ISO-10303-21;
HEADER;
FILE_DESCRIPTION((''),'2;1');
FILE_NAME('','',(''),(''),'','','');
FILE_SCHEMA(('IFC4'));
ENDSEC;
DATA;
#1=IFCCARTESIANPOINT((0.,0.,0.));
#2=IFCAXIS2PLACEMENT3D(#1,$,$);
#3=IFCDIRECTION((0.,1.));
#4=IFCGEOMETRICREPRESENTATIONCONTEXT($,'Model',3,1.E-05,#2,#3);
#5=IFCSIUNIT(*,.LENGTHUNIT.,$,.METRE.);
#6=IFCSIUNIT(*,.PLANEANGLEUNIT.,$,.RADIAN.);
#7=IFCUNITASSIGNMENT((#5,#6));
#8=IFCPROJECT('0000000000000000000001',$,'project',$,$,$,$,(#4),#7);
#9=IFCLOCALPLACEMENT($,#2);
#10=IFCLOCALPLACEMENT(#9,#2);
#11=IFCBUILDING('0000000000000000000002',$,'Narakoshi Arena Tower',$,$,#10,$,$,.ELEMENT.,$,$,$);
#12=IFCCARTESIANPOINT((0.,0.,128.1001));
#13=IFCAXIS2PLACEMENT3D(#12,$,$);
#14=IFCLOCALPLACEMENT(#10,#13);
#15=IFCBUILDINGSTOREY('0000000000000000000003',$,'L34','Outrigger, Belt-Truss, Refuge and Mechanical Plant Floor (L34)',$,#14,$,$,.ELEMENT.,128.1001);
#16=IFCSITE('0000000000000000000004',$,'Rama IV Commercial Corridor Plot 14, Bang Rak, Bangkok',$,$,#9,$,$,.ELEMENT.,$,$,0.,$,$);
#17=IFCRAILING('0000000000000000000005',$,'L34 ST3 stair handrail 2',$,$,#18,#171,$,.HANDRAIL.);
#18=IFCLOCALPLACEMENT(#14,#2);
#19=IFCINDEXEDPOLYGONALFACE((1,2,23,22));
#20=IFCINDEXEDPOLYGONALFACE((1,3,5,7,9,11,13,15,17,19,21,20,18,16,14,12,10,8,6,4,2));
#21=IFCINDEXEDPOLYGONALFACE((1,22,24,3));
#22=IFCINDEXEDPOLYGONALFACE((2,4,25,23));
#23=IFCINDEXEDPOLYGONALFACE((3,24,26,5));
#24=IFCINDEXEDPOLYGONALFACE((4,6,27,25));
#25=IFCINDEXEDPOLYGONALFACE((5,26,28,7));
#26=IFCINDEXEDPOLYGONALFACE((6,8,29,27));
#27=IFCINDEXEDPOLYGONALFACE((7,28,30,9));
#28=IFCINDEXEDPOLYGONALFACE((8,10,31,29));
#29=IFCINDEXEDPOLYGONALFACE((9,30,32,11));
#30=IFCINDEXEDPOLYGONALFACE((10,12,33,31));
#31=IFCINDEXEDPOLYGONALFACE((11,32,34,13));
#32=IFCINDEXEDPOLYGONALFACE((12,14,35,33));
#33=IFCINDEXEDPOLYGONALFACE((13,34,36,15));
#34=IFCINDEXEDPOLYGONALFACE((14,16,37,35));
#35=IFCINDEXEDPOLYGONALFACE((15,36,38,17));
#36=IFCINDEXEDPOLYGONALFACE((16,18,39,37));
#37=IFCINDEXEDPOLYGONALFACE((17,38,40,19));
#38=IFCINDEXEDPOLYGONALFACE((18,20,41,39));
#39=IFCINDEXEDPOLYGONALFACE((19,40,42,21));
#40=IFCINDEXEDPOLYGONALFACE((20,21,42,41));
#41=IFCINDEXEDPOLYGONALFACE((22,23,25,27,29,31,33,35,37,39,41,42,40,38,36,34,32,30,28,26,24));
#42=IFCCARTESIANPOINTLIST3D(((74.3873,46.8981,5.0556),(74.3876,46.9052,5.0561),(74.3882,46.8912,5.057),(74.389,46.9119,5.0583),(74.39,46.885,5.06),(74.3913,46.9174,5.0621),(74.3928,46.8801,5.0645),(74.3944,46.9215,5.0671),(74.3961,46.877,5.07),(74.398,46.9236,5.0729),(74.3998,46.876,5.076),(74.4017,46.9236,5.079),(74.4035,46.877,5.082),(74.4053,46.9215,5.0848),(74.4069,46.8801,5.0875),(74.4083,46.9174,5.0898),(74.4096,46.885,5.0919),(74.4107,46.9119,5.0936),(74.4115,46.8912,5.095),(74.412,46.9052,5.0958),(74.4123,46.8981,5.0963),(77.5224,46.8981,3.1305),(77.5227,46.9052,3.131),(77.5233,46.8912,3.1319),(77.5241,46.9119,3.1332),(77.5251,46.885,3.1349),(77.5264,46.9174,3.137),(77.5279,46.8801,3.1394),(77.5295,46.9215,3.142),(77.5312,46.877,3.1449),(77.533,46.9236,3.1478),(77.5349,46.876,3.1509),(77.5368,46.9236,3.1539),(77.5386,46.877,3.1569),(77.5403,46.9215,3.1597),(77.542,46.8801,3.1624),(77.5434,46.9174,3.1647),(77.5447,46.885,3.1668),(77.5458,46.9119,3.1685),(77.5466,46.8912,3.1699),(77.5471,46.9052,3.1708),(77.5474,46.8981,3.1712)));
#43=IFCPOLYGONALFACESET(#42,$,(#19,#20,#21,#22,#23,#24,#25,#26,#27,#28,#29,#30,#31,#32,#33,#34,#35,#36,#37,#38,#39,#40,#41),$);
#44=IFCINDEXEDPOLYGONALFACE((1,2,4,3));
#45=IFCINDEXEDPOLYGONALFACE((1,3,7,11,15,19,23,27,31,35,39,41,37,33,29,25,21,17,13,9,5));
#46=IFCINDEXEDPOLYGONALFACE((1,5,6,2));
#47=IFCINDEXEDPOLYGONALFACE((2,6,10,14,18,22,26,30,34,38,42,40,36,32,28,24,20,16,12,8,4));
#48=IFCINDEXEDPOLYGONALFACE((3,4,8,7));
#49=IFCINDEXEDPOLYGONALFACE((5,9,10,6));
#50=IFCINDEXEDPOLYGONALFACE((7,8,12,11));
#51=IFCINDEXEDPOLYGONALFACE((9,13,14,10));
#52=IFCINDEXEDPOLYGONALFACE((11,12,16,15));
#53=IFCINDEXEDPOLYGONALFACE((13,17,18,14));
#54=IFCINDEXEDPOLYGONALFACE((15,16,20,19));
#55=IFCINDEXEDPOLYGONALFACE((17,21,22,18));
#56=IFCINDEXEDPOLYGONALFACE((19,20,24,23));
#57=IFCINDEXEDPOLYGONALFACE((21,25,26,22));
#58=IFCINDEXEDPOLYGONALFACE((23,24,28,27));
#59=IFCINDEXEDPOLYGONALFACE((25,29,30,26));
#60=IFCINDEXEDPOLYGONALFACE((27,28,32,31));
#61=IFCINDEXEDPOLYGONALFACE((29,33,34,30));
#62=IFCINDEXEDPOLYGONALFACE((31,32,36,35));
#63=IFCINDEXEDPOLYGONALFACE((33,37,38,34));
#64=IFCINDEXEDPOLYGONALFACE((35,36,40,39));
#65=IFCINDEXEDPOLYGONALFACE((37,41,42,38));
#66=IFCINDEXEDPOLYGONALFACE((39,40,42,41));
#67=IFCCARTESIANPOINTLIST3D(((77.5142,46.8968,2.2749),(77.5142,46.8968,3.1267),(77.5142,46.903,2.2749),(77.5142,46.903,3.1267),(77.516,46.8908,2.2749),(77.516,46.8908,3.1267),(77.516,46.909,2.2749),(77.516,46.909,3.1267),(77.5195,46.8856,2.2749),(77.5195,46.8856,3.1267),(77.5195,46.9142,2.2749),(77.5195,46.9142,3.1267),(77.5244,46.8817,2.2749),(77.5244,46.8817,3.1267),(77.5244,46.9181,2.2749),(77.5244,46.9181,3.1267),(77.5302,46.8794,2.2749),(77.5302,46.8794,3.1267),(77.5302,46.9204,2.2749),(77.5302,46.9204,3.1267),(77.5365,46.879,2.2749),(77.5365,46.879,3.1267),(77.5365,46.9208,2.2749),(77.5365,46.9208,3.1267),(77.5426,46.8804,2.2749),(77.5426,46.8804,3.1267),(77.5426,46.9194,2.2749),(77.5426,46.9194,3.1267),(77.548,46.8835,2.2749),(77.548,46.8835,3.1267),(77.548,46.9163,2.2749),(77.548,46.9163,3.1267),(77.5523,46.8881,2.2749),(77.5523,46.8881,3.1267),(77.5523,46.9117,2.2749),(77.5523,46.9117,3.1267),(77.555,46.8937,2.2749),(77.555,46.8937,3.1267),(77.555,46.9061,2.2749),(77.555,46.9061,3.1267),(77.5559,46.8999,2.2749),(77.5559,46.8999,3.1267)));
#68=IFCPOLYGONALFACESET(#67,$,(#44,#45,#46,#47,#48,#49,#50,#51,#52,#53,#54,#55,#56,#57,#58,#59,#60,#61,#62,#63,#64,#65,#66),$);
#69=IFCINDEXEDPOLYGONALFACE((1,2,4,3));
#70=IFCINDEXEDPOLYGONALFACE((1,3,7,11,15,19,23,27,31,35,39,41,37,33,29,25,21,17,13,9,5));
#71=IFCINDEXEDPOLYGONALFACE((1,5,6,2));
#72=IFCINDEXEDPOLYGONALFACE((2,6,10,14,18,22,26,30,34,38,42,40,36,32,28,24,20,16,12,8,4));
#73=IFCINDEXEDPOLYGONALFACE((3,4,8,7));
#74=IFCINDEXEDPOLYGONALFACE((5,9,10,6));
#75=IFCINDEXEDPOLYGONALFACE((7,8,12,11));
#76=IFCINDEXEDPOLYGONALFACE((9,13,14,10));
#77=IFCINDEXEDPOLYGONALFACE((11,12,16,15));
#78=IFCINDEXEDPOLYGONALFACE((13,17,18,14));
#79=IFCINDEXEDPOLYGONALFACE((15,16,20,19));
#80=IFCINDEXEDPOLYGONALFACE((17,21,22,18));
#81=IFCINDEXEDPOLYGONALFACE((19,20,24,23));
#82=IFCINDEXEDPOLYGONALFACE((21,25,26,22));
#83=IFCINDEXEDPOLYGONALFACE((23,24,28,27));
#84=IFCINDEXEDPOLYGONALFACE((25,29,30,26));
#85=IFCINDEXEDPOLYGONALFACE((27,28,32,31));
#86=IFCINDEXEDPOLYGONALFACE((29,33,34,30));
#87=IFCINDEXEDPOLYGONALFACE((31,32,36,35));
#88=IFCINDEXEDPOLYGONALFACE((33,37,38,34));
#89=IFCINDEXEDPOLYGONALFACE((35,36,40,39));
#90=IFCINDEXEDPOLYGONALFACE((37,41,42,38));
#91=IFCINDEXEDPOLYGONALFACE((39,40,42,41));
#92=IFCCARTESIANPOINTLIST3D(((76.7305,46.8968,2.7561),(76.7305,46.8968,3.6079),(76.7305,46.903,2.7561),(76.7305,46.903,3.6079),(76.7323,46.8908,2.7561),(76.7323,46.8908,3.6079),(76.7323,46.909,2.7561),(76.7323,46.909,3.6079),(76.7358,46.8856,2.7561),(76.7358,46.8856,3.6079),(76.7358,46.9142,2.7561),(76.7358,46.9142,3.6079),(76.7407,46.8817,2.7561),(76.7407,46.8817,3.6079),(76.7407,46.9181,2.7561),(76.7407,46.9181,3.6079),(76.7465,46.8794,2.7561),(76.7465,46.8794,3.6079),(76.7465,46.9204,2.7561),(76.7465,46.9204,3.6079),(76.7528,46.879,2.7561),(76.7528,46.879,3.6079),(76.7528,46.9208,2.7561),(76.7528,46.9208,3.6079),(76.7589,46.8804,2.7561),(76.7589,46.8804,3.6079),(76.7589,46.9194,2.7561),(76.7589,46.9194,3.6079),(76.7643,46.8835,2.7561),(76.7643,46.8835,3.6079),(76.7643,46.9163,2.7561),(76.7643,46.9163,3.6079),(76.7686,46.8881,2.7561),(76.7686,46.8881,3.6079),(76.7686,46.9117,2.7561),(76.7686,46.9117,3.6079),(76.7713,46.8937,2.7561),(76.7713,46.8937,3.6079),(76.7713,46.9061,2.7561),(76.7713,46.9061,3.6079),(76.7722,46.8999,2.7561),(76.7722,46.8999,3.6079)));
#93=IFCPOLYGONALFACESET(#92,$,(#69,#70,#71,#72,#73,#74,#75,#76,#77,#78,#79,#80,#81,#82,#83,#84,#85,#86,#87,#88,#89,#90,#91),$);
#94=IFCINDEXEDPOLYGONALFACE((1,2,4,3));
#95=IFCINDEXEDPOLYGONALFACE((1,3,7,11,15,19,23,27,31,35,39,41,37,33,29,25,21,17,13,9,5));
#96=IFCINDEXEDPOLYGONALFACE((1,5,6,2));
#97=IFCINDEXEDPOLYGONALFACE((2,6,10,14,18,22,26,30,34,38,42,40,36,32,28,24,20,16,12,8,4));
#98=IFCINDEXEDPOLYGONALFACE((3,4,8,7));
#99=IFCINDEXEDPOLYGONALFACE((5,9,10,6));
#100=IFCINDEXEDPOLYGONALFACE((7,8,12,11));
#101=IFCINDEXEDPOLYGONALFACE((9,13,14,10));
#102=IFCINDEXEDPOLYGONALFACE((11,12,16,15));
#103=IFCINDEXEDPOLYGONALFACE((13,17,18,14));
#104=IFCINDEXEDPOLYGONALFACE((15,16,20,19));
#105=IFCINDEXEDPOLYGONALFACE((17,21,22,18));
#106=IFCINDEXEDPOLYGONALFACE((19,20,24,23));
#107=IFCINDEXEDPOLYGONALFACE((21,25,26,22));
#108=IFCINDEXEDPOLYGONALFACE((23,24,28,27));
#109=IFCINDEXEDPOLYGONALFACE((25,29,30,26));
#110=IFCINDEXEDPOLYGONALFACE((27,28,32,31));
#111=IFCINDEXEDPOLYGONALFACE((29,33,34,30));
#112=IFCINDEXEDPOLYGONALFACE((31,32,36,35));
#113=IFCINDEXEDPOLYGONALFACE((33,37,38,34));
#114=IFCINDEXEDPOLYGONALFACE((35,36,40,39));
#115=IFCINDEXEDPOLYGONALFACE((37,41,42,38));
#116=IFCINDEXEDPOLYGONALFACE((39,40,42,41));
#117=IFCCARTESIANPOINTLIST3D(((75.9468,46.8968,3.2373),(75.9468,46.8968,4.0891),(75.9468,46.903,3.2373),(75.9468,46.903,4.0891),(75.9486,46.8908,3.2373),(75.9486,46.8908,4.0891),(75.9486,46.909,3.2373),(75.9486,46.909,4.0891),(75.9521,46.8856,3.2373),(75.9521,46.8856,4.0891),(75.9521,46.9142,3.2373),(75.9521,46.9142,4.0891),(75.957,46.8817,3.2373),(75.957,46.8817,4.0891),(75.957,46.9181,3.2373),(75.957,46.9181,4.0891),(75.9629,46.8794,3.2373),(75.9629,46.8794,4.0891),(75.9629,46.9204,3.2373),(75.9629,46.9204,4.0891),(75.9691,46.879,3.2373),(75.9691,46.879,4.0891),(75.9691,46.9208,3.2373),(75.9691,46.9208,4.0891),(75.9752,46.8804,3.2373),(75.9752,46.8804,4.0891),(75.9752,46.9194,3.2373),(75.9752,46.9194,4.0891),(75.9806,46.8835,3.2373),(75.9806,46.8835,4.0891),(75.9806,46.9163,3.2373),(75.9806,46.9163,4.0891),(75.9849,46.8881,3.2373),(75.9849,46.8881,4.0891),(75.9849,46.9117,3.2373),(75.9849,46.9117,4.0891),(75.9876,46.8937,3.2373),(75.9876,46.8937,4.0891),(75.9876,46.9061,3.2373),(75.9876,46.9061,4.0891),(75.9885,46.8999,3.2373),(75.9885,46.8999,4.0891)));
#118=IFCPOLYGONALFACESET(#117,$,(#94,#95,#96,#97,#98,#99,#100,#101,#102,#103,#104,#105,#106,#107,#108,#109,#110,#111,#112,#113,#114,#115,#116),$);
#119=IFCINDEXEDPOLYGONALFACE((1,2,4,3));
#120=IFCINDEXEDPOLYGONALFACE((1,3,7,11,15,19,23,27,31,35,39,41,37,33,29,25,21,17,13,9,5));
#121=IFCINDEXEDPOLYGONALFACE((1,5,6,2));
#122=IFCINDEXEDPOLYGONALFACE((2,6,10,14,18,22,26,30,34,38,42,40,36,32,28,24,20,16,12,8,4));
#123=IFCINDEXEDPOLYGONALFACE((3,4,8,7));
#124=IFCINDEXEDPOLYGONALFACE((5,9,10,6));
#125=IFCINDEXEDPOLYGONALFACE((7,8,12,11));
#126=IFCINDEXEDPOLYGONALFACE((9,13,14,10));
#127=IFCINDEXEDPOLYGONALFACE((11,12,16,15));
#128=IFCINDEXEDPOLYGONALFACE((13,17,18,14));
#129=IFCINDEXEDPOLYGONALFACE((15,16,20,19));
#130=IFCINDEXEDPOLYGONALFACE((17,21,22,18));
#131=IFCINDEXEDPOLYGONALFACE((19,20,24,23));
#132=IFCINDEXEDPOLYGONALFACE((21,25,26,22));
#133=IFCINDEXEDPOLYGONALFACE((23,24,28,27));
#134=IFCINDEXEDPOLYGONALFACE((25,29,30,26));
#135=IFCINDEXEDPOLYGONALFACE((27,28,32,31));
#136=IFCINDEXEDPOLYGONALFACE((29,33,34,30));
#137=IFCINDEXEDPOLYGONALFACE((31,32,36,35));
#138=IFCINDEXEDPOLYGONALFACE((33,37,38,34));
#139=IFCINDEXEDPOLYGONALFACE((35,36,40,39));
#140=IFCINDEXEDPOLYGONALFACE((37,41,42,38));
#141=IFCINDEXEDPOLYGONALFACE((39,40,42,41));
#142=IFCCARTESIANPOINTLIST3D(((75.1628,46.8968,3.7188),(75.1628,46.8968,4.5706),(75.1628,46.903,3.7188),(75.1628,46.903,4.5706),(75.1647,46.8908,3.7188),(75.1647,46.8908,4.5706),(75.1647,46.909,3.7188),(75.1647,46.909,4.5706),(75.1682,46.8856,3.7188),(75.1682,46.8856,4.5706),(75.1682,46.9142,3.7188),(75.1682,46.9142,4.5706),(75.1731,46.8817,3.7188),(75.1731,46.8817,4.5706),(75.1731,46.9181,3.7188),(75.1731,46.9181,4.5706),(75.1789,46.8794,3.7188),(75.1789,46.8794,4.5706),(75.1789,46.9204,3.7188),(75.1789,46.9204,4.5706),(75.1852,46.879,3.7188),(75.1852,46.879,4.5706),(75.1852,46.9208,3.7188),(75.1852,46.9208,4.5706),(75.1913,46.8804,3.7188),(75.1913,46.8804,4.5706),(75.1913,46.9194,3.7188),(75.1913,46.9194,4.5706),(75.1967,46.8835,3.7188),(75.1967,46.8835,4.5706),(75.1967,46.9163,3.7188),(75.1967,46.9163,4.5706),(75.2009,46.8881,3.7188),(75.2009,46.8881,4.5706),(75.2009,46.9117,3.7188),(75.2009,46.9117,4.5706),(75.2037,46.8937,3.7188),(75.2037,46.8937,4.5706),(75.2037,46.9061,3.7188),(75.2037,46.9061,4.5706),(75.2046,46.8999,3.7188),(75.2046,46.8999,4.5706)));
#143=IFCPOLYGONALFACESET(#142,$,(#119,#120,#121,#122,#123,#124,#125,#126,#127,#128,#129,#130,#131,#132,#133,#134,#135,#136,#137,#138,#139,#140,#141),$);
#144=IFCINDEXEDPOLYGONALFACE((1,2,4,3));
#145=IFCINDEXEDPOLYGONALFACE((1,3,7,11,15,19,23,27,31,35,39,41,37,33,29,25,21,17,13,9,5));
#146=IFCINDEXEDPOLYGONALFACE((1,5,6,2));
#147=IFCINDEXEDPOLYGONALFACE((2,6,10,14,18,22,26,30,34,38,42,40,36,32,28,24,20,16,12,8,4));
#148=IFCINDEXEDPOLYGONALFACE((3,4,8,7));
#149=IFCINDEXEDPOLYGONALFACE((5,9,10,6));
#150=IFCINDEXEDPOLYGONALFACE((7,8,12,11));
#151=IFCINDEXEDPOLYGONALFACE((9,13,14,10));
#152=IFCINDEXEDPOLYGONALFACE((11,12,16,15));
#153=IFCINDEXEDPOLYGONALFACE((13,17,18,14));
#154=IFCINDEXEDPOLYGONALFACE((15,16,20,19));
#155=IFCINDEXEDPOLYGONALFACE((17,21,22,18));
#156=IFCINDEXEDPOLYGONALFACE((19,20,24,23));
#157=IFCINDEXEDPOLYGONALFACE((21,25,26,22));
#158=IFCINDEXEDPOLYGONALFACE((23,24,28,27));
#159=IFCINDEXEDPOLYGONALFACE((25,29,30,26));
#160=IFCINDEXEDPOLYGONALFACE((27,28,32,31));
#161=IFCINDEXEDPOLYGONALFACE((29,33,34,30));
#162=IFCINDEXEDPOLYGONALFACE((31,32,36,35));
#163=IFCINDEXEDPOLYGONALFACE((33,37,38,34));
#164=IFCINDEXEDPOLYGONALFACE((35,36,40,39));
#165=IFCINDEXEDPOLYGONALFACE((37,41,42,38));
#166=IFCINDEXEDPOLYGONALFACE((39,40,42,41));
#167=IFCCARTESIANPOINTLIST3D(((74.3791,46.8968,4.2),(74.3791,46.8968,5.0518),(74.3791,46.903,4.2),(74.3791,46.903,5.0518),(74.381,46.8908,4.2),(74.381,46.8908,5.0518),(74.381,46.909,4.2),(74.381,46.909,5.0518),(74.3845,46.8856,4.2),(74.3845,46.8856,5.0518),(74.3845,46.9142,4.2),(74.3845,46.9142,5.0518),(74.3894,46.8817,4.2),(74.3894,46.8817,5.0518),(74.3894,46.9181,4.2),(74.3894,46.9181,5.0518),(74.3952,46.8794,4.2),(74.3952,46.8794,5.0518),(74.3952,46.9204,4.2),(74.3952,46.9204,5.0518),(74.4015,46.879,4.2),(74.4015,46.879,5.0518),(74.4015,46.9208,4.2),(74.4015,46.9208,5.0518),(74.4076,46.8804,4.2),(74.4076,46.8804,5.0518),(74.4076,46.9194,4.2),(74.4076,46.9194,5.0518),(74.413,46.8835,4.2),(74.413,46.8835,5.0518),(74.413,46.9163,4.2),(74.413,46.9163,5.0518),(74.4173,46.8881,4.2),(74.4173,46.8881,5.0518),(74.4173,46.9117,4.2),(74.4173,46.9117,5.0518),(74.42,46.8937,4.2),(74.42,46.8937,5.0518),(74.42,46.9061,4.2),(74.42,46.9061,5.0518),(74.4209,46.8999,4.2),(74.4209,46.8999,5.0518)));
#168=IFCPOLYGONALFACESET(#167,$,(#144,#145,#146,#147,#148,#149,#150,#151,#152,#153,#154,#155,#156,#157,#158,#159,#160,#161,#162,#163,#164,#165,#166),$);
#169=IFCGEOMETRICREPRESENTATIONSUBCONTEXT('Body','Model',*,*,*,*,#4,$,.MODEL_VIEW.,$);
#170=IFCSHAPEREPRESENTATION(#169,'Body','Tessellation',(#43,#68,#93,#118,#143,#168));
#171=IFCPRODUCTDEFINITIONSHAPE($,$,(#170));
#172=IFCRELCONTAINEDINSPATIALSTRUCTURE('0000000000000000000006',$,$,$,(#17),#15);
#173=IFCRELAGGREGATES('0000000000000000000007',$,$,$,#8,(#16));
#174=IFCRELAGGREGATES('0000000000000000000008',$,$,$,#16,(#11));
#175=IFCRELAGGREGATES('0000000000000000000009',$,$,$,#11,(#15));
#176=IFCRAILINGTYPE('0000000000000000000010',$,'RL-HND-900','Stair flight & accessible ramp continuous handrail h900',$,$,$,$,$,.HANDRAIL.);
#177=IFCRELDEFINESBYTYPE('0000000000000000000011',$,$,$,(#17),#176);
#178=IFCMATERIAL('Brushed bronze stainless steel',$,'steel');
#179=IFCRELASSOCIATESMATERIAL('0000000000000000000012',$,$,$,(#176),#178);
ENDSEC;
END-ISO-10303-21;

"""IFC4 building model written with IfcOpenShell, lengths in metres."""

from ifc_helpers import new_model, si_unit, direction, frame, origin, origin_2d, place, context, subcontext, project, spatial, circle, extrude, material, type_object, element, save


model = new_model("IFC4")

# Units and contexts
model_context = context("Model", 3, precision=1e-05, world=origin(), true_north=direction((0.0, 1.0)))
body_context = subcontext(model_context, "Body", "Model", "MODEL_VIEW")
ifc_project = project(units=[si_unit("LENGTHUNIT", "METRE"), si_unit("PLANEANGLEUNIT", "RADIAN")], contexts=[model_context])

# Site, building, storey
site_placement = place(None, origin())
site = spatial("IfcSite", under=ifc_project, at=site_placement, Name="Rama IV Commercial Corridor Plot 14, Bang Rak, Bangkok", CompositionType="ELEMENT", RefElevation=0.0)
building_placement = place(site_placement, origin())
building = spatial("IfcBuilding", under=site, at=building_placement, Name="Narakoshi Arena Tower", CompositionType="ELEMENT")
storey_placement = place(building_placement, frame((0.0, 0.0, 128.1001)))
storey = spatial("IfcBuildingStorey", under=building, at=storey_placement, Name="L34", Description="Outrigger, Belt-Truss, Refuge and Mechanical Plant Floor (L34)", CompositionType="ELEMENT", Elevation=128.1001)

# Railing
ifc_material_1 = material(Name="Brushed bronze stainless steel", Category="steel")
railing_type_1 = type_object("IfcRailingType", Name="RL-HND-900", Description="Stair flight & accessible ramp continuous handrail h900", PredefinedType="HANDRAIL", material=ifc_material_1)
railing_1_placement = place(storey_placement, frame((77.5349, 46.8999, 2.2749)))
element("IfcRailing", 1, at=railing_1_placement, inside=storey, type_object=railing_type_1, Name="L34 ST3 stair handrail 2", PredefinedType="HANDRAIL", context=body_context, shape_type="SweptSolid", body=[
    extrude(circle(Radius=0.0239, at=origin_2d()), frame((0.0, 0.0, 0.876), z_axis=(-0.852166, 0.0, 0.523271), x_axis=(0.0, -1.0, 0.0)), (0.0, 0.0, 1.0), 3.679),
    extrude(circle(Radius=0.021, at=origin_2d()), origin(), (0.0, 0.0, 1.0), 0.8518),
    extrude(circle(Radius=0.021, at=origin_2d()), frame((-0.7837, 0.0, 0.4812)), (0.0, 0.0, 1.0), 0.8518),
    extrude(circle(Radius=0.021, at=origin_2d()), frame((-1.5674, 0.0, 0.9624)), (0.0, 0.0, 1.0), 0.8518),
    extrude(circle(Radius=0.021, at=origin_2d()), frame((-2.3513, 0.0, 1.4438)), (0.0, 0.0, 1.0), 0.8518),
    extrude(circle(Radius=0.021, at=origin_2d()), frame((-3.135, 0.0, 1.925)), (0.0, 0.0, 1.0), 0.8518),
])

save(model, "model.ifc")
